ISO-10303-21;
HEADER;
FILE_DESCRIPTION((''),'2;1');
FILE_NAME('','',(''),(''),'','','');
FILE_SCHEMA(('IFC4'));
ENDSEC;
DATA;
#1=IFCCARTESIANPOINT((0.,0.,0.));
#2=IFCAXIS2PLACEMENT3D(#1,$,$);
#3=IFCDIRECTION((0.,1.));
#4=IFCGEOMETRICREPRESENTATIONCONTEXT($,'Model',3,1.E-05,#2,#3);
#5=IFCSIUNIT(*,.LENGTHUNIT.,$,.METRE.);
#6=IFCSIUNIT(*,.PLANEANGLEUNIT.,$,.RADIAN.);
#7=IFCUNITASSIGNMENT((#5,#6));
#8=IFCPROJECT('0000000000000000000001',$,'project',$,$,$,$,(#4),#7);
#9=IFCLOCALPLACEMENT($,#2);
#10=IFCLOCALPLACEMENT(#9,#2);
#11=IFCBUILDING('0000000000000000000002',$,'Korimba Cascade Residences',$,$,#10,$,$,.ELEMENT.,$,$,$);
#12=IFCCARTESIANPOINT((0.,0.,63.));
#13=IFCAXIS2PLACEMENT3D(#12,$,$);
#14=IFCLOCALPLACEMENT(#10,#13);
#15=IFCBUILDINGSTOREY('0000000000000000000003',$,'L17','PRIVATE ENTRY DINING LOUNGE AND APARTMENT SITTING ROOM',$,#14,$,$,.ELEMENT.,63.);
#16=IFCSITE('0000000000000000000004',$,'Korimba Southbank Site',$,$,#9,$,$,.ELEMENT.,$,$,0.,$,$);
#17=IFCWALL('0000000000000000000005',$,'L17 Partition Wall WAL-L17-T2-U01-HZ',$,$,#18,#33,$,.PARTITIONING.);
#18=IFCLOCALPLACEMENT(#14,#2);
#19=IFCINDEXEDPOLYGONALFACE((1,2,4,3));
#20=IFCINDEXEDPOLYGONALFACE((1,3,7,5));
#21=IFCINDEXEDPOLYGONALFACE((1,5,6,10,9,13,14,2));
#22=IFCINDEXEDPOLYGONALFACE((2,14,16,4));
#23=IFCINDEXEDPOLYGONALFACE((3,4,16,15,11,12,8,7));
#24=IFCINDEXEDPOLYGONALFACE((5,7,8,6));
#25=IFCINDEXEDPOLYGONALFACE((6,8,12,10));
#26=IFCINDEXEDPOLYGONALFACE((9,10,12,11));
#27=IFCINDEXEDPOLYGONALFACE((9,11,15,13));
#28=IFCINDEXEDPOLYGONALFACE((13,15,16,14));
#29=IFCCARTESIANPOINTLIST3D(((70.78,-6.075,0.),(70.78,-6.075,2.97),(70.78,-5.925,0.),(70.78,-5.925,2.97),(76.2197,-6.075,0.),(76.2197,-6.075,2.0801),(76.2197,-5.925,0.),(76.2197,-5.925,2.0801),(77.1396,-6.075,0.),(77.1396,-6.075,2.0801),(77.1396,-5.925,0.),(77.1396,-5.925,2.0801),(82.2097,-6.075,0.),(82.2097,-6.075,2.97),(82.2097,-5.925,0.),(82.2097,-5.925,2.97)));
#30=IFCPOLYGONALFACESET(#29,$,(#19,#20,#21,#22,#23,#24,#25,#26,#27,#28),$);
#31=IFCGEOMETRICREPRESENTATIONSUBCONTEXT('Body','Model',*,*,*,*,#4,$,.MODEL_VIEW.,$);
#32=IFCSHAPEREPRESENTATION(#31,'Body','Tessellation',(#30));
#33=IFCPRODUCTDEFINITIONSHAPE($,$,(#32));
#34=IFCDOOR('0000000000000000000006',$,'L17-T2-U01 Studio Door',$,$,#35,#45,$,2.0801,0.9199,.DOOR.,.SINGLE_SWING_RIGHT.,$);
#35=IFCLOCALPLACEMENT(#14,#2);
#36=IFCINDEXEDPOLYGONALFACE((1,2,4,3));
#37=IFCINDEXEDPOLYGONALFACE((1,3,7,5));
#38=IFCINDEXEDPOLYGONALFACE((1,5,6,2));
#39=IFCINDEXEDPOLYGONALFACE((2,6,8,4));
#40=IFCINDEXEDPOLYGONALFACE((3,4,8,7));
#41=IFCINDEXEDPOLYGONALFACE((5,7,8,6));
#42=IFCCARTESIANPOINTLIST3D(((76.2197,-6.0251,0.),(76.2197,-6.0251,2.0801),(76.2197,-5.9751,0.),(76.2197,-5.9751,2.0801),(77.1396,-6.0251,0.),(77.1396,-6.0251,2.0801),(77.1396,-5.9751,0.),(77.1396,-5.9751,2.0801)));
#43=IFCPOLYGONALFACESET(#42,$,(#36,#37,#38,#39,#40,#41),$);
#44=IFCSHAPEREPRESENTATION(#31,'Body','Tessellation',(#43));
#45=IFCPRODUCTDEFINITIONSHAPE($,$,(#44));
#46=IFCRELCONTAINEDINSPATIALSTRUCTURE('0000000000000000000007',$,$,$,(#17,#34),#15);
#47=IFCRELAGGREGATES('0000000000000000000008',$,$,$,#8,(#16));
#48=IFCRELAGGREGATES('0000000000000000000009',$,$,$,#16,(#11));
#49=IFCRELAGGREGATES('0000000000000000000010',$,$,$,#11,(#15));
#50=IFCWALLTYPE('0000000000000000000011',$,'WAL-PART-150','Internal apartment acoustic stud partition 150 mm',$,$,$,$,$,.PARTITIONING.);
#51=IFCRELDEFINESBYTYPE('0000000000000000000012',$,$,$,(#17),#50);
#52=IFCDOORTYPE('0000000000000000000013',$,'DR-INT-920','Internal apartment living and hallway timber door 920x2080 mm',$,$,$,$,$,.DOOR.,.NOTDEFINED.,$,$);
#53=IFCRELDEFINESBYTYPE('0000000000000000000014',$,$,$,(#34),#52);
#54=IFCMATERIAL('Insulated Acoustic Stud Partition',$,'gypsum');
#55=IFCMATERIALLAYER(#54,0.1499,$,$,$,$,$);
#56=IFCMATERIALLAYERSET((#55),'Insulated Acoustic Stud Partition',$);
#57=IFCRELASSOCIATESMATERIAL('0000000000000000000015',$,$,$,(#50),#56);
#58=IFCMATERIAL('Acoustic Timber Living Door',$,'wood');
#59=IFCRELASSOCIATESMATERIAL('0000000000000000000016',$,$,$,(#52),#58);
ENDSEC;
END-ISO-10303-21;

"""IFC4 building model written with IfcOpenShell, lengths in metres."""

from ifc_helpers import new_model, si_unit, direction, frame, frame_2d, origin, place, context, subcontext, project, spatial, rectangle, extrude, material, layer, layer_set, type_object, element, fill, save


model = new_model("IFC4")

# Units and contexts
model_context = context("Model", 3, precision=1e-05, world=origin(), true_north=direction((0.0, 1.0)))
body_context = subcontext(model_context, "Body", "Model", "MODEL_VIEW")
ifc_project = project(units=[si_unit("LENGTHUNIT", "METRE"), si_unit("PLANEANGLEUNIT", "RADIAN")], contexts=[model_context])

# Site, building, storey
site_placement = place(None, origin())
site = spatial("IfcSite", under=ifc_project, at=site_placement, Name="Korimba Southbank Site", CompositionType="ELEMENT", RefElevation=0.0)
building_placement = place(site_placement, origin())
building = spatial("IfcBuilding", under=site, at=building_placement, Name="Korimba Cascade Residences", CompositionType="ELEMENT")
storey_placement = place(building_placement, frame((0.0, 0.0, 63.0)))
storey = spatial("IfcBuildingStorey", under=building, at=storey_placement, Name="L17", Description="PRIVATE ENTRY DINING LOUNGE AND APARTMENT SITTING ROOM", CompositionType="ELEMENT", Elevation=63.0)

# Wall, opening, door
ifc_material_1 = material(Name="Insulated Acoustic Stud Partition", Category="gypsum")
ifc_layer_1 = layer(ifc_material_1, 0.1499)
ifc_layer_set_1 = layer_set([ifc_layer_1], Name="Insulated Acoustic Stud Partition")
wall_type_1 = type_object("IfcWallType", Name="WAL-PART-150", Description="Internal apartment acoustic stud partition 150 mm", PredefinedType="PARTITIONING", material=ifc_layer_set_1)
ifc_material_2 = material(Name="Acoustic Timber Living Door", Category="wood")
door_type_1 = type_object("IfcDoorType", Name="DR-INT-920", Description="Internal apartment living and hallway timber door 920x2080 mm", OperationType="NOTDEFINED", PredefinedType="DOOR", material=ifc_material_2)
wall_1_placement = place(storey_placement, frame((70.78, -6.0, 0.0), z_axis=(0.0, 0.0, 1.0), x_axis=(1.0, 0.0, 0.0)))
wall_1 = element("IfcWall", 1, at=wall_1_placement, inside=storey, type_object=wall_type_1, Name="L17 Partition Wall WAL-L17-T2-U01-HZ", PredefinedType="PARTITIONING", context=body_context, shape_type="SweptSolid", body=[
    extrude(rectangle(XDim=11.4297, YDim=0.1499, at=frame_2d((5.7148, 0.0))), origin(), (0.0, 0.0, 1.0), 2.97),
])
opening_1_placement = place(wall_1_placement, frame((5.4397, 0.0, 0.0)))
opening_1 = element("IfcOpeningElement", 2, at=opening_1_placement, cuts=wall_1, PredefinedType="OPENING", context=body_context, shape_type="SweptSolid", body=[
    extrude(rectangle(XDim=0.9199, YDim=2.0801, at=frame_2d((0.46, 1.04))), frame((0.0, 0.085, 0.0), z_axis=(0.0, -1.0, 0.0), x_axis=(1.0, 0.0, 0.0)), (0.0, 0.0, 1.0), 0.1699),
])
door_1_placement = place(opening_1_placement, origin())
door_1 = element("IfcDoor", 3, at=door_1_placement, inside=storey, type_object=door_type_1, Name="L17-T2-U01 Studio Door", OperationType="SINGLE_SWING_RIGHT", OverallHeight=2.0801, OverallWidth=0.9199, PredefinedType="DOOR", context=body_context, shape_type="SweptSolid", body=[
    extrude(rectangle(XDim=0.9199, YDim=2.0801, at=frame_2d((0.46, 1.04))), frame((0.0, 0.0249, 0.0), z_axis=(0.0, -1.0, 0.0), x_axis=(1.0, 0.0, 0.0)), (0.0, 0.0, 1.0), 0.05),
])
fill(opening_1, door_1)

save(model, "model.ifc")
